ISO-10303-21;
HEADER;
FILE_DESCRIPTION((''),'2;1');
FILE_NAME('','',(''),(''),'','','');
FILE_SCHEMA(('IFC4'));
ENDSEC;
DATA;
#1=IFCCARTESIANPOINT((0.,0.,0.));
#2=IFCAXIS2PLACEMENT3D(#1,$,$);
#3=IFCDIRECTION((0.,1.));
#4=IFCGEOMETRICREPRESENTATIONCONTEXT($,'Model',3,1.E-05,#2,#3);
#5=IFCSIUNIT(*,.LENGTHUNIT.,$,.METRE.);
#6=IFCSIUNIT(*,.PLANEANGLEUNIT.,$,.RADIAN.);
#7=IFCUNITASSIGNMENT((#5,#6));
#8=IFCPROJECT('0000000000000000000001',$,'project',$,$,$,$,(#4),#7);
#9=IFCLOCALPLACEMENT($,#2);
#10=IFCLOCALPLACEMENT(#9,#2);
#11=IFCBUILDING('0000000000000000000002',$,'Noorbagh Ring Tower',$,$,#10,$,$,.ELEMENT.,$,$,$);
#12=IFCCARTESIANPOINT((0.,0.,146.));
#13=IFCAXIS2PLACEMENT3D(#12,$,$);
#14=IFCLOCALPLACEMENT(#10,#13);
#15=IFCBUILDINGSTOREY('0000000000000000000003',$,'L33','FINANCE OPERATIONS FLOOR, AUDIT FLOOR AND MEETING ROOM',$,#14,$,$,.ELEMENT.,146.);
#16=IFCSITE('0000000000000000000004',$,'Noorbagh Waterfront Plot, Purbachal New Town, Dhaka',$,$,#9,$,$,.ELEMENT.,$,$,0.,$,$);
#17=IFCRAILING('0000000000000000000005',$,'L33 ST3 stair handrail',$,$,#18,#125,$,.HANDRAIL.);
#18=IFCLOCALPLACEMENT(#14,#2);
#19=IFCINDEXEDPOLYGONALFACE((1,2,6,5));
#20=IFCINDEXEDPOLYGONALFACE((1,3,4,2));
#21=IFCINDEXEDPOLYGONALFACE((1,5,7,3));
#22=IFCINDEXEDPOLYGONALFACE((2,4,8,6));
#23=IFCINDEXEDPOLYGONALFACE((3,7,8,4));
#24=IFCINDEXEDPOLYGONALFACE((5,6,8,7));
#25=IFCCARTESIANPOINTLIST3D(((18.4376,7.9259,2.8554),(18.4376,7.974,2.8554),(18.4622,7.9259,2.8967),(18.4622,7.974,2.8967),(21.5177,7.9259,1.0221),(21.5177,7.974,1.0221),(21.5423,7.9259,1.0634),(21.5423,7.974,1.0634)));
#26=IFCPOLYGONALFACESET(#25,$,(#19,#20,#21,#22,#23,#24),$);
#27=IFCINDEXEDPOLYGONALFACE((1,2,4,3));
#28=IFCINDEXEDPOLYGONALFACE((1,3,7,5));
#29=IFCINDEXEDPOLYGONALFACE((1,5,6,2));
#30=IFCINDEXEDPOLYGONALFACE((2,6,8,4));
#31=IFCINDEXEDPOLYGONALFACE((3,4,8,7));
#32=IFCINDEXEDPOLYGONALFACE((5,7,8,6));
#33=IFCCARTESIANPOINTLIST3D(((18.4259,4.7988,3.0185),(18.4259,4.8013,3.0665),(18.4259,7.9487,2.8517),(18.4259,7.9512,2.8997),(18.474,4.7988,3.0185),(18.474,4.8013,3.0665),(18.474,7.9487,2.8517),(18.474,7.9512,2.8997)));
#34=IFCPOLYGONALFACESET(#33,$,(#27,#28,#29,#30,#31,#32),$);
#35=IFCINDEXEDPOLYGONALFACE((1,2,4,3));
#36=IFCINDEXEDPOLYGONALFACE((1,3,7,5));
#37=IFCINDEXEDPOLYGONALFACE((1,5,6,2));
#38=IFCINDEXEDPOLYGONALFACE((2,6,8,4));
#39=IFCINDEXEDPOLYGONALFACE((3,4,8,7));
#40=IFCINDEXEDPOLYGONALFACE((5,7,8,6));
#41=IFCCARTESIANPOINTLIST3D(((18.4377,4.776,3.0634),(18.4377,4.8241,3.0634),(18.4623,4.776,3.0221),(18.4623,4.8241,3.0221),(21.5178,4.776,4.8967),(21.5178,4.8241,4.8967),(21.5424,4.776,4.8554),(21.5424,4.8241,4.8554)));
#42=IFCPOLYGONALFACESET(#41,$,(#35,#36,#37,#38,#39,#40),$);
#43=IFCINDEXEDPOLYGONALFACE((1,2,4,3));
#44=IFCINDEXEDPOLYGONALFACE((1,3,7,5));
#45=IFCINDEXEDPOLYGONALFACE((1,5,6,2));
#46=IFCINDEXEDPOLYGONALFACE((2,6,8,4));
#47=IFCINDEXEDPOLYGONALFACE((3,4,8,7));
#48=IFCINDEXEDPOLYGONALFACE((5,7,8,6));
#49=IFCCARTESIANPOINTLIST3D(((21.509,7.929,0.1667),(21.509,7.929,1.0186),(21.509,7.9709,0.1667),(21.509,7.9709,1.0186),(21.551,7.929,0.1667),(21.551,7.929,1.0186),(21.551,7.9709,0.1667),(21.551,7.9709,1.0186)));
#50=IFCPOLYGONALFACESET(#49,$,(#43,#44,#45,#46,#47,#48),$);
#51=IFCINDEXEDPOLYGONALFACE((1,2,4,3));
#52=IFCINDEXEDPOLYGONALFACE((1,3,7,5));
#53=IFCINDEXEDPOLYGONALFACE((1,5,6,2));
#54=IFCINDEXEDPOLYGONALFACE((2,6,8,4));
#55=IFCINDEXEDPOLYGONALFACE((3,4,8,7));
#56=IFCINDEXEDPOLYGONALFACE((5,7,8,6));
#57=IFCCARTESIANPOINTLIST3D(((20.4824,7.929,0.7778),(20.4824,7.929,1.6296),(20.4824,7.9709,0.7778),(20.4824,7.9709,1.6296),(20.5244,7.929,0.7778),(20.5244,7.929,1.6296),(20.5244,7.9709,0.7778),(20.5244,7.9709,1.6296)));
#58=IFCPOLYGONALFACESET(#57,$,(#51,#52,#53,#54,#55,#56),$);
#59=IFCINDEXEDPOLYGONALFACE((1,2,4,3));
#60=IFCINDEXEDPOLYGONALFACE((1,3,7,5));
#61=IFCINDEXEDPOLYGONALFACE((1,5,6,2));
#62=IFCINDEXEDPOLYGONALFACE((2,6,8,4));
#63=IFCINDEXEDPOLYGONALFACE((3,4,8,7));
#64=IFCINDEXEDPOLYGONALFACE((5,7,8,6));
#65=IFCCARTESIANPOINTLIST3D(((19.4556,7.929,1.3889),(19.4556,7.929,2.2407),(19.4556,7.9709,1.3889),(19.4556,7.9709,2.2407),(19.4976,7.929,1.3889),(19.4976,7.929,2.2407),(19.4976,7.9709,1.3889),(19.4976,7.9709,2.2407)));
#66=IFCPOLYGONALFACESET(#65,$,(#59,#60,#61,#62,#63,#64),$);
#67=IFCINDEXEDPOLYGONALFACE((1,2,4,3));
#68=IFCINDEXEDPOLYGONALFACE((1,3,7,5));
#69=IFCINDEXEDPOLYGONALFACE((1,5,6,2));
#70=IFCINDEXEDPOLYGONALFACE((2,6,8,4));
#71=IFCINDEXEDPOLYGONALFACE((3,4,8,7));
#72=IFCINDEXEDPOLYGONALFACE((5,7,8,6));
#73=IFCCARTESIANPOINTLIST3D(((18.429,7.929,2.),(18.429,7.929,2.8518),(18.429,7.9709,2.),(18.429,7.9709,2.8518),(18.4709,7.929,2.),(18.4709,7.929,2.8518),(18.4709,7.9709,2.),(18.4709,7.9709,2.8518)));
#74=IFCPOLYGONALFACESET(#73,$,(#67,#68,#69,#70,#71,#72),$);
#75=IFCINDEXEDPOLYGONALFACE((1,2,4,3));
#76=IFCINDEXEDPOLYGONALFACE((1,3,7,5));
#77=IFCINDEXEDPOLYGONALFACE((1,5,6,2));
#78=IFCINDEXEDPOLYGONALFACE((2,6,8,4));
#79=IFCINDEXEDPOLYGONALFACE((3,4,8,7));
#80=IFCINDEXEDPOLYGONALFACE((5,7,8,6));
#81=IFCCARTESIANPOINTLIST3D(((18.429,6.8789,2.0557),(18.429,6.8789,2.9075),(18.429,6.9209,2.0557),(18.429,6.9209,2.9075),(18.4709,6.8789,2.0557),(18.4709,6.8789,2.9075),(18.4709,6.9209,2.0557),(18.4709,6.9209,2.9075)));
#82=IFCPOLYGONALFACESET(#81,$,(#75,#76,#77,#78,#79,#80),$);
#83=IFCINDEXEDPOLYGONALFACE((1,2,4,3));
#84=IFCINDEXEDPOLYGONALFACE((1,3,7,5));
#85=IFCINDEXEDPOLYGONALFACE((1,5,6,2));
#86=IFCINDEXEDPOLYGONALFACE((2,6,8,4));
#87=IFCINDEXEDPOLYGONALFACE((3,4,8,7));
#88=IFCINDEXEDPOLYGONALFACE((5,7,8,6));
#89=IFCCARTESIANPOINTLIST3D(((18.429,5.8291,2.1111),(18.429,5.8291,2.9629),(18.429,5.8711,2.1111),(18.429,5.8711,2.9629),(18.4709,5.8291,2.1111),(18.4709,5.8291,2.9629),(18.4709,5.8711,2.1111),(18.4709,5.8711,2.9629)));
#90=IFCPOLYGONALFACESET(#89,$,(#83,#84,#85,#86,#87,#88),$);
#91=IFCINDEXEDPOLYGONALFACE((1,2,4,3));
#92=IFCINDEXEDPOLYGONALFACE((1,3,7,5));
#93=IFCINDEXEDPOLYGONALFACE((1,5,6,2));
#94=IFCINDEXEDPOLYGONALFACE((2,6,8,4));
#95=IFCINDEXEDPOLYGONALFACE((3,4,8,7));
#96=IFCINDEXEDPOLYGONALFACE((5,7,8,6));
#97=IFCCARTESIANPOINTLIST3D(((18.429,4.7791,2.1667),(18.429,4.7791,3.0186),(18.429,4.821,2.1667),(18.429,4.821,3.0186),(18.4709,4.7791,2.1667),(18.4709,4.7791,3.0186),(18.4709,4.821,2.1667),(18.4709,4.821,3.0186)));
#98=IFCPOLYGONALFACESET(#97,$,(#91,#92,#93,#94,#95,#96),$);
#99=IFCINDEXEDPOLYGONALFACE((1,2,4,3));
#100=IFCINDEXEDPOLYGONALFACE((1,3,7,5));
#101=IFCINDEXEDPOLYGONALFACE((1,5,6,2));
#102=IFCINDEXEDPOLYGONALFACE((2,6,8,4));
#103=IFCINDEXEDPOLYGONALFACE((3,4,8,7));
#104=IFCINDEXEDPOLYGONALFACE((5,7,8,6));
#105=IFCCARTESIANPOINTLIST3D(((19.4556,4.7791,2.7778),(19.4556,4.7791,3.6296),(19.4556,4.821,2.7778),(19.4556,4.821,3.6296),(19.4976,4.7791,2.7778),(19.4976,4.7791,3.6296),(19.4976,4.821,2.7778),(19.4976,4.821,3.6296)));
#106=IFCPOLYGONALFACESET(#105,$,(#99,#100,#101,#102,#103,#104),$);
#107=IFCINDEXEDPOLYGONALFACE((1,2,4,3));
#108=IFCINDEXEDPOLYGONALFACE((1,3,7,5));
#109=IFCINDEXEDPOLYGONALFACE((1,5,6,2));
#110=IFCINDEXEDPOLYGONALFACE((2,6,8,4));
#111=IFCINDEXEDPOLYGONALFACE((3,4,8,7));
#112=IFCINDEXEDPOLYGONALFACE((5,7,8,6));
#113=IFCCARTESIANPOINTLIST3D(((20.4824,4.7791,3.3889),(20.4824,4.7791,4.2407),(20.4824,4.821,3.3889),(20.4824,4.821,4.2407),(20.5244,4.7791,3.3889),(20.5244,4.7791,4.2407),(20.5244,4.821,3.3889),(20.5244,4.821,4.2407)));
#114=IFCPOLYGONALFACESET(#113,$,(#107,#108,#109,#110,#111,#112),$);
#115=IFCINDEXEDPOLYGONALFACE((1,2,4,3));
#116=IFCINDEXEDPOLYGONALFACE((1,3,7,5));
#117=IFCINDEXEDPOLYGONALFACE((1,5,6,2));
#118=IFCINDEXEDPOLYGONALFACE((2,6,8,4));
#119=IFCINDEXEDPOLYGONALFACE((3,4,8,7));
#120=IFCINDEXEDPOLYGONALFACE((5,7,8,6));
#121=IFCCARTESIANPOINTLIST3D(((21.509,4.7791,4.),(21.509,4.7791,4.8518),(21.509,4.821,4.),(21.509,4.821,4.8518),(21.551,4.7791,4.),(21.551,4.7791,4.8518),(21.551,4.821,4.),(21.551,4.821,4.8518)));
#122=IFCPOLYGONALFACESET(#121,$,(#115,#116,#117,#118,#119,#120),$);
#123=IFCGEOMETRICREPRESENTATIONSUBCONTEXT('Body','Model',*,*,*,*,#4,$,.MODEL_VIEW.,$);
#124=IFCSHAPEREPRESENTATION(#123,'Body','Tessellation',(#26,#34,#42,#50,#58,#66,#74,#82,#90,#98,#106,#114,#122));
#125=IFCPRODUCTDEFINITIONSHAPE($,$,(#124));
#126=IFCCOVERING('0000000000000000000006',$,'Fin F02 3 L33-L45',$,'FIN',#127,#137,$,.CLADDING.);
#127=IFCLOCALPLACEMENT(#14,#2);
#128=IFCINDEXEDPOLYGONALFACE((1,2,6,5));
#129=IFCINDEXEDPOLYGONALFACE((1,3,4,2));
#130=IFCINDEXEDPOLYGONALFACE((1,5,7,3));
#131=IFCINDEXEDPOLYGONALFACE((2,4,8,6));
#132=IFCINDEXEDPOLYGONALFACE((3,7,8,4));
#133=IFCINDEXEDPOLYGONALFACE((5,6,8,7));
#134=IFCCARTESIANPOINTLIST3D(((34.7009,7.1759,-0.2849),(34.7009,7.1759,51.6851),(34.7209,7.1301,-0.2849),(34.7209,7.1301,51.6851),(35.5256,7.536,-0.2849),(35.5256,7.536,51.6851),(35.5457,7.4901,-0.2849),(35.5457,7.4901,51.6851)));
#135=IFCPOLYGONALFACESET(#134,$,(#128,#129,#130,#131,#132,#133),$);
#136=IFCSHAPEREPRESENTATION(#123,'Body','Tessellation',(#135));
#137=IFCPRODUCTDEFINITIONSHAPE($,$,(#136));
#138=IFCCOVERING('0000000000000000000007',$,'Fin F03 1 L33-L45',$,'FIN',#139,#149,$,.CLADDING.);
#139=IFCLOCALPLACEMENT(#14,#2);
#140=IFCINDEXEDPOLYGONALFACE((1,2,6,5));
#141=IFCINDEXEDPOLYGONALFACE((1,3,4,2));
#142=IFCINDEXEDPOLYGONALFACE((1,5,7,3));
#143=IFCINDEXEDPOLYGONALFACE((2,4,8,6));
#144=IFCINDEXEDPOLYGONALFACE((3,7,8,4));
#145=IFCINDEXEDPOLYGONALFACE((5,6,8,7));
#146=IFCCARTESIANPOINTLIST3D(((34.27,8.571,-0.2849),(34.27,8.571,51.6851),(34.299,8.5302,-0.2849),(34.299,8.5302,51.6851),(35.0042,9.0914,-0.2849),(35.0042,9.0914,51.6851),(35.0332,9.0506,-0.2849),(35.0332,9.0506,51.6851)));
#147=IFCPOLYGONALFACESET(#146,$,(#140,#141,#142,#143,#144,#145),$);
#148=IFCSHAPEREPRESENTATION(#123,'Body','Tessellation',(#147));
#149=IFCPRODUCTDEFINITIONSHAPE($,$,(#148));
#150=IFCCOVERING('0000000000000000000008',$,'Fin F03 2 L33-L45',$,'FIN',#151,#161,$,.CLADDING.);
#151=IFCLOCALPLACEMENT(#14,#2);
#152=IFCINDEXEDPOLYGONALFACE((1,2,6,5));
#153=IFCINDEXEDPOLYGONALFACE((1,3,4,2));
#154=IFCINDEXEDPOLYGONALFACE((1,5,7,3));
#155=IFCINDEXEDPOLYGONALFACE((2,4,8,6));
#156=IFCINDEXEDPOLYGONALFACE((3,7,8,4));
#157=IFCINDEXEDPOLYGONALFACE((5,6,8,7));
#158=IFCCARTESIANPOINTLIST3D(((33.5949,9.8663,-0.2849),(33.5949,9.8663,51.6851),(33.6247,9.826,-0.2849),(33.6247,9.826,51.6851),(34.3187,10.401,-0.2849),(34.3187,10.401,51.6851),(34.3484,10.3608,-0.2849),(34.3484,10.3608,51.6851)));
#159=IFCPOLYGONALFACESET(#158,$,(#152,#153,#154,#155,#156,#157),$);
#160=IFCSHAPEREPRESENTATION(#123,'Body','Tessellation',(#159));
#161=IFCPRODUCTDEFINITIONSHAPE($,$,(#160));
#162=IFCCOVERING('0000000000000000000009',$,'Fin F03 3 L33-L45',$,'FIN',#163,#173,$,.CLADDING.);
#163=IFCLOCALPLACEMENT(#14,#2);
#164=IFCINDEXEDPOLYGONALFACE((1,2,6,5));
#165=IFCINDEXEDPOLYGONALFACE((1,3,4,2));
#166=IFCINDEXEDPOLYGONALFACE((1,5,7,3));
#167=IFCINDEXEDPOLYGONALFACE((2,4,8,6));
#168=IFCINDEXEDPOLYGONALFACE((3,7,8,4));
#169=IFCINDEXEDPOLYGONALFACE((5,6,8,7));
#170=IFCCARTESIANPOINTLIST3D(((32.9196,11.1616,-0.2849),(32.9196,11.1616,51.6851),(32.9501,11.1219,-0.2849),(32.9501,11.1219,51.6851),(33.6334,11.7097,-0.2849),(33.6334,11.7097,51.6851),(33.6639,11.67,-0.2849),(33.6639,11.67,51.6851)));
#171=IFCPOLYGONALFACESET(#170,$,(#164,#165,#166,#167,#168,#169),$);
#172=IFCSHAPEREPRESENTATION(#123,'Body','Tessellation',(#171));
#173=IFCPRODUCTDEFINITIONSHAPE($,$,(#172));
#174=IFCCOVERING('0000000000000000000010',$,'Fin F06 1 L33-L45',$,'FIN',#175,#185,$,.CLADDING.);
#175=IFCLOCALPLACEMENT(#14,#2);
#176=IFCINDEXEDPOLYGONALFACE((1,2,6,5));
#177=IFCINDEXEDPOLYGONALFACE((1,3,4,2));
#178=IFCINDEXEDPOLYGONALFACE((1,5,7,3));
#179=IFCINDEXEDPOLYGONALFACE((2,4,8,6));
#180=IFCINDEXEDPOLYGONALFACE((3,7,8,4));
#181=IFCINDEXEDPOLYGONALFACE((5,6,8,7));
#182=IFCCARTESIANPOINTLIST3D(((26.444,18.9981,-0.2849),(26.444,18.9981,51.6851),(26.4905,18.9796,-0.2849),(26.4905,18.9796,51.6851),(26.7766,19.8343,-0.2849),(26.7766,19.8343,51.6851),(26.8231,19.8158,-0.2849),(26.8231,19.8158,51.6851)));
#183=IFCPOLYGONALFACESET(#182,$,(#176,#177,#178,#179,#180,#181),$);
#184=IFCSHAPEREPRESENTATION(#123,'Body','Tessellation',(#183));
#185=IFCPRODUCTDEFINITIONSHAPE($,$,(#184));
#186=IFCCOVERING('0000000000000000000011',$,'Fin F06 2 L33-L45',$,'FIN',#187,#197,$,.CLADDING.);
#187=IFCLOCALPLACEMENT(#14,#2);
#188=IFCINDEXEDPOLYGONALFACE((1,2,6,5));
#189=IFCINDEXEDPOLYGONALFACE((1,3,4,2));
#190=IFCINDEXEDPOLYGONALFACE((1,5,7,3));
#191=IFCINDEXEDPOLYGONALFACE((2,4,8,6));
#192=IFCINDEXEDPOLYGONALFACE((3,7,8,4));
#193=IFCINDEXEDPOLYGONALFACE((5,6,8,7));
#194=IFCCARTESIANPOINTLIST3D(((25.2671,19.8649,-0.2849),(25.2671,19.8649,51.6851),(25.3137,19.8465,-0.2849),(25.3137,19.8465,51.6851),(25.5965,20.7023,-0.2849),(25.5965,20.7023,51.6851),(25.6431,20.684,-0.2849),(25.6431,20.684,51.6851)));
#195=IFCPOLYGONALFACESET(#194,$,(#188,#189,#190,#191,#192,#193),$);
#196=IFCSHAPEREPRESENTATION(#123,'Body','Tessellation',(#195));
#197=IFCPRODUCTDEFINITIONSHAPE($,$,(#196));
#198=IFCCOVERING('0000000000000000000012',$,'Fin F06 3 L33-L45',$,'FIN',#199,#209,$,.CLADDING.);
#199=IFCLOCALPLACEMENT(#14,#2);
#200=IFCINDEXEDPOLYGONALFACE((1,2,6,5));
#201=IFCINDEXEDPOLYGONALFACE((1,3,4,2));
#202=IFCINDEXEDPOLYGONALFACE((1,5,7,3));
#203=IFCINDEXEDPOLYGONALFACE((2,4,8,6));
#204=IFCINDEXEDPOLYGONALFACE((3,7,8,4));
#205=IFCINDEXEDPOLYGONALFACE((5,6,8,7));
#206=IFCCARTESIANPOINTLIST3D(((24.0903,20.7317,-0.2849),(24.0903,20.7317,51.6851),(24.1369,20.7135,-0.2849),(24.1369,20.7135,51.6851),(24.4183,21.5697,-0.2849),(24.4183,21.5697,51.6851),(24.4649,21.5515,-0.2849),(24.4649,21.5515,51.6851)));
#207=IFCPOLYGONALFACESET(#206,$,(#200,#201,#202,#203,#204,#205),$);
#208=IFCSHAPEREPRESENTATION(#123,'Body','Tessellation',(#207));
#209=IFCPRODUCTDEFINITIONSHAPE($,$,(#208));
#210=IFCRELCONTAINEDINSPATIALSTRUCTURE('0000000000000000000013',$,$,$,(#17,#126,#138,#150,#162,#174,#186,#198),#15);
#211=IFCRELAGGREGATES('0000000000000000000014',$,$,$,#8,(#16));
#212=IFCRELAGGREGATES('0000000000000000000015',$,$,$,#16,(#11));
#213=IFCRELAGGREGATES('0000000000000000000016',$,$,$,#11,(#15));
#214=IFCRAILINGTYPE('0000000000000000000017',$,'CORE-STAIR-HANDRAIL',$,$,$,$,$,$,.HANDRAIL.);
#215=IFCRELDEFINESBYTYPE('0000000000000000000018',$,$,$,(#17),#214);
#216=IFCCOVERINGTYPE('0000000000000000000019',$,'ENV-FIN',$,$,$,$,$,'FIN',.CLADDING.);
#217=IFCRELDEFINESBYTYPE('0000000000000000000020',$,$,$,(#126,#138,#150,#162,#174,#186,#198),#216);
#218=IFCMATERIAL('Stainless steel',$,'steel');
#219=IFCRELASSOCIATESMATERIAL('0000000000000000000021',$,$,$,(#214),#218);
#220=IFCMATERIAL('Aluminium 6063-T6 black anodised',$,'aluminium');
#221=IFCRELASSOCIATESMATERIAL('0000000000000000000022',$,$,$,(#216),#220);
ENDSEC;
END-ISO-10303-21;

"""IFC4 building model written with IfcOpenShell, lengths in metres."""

from ifc_helpers import new_model, si_unit, direction, frame, origin, origin_2d, place, context, subcontext, project, spatial, rectangle, extrude, material, material_profile, profile_set, type_object, element, save


model = new_model("IFC4")

# Units and contexts
model_context = context("Model", 3, precision=1e-05, world=origin(), true_north=direction((0.0, 1.0)))
body_context = subcontext(model_context, "Body", "Model", "MODEL_VIEW")
ifc_project = project(units=[si_unit("LENGTHUNIT", "METRE"), si_unit("PLANEANGLEUNIT", "RADIAN")], contexts=[model_context])

# Site, building, storey
site_placement = place(None, origin())
site = spatial("IfcSite", under=ifc_project, at=site_placement, Name="Noorbagh Waterfront Plot, Purbachal New Town, Dhaka", CompositionType="ELEMENT", RefElevation=0.0)
building_placement = place(site_placement, origin())
building = spatial("IfcBuilding", under=site, at=building_placement, Name="Noorbagh Ring Tower", CompositionType="ELEMENT")
storey_placement = place(building_placement, frame((0.0, 0.0, 146.0)))
storey = spatial("IfcBuildingStorey", under=building, at=storey_placement, Name="L33", Description="FINANCE OPERATIONS FLOOR, AUDIT FLOOR AND MEETING ROOM", CompositionType="ELEMENT", Elevation=146.0)

# Railing
ifc_material_1 = material(Name="Stainless steel", Category="steel")
railing_type_1 = type_object("IfcRailingType", Name="CORE-STAIR-HANDRAIL", PredefinedType="HANDRAIL", material=ifc_material_1)
railing_1_placement = place(storey_placement, frame((21.53, 7.95, 0.1667)))
element("IfcRailing", 1, at=railing_1_placement, inside=storey, type_object=railing_type_1, Name="L33 ST3 stair handrail", PredefinedType="HANDRAIL", context=body_context, shape_type="SweptSolid", body=[
    extrude(rectangle(XDim=0.0481, YDim=0.0481, at=origin_2d()), frame((0.0, 0.0, 0.876), z_axis=(-0.859309, 0.0, 0.511458), x_axis=(0.0, -1.0, 0.0)), (0.0, 0.0, 1.0), 3.5845),
    extrude(rectangle(XDim=0.0481, YDim=0.0481, at=origin_2d()), frame((-3.0801, 0.0, 2.709), z_axis=(0.0, -0.998602, 0.052864), x_axis=(1.0, 0.0, 0.0)), (0.0, 0.0, 1.0), 3.1543),
    extrude(rectangle(XDim=0.0481, YDim=0.0481, at=origin_2d()), frame((-3.0801, -3.1499, 2.876), z_axis=(0.859309, 0.0, 0.511458), x_axis=(0.0, 1.0, 0.0)), (0.0, 0.0, 1.0), 3.5845),
    extrude(rectangle(XDim=0.042, YDim=0.042, at=origin_2d()), origin(), (0.0, 0.0, 1.0), 0.8518),
    extrude(rectangle(XDim=0.042, YDim=0.042, at=origin_2d()), frame((-1.0266, 0.0, 0.6111)), (0.0, 0.0, 1.0), 0.8518),
    extrude(rectangle(XDim=0.042, YDim=0.042, at=origin_2d()), frame((-2.0535, 0.0, 1.2222)), (0.0, 0.0, 1.0), 0.8518),
    extrude(rectangle(XDim=0.042, YDim=0.042, at=origin_2d()), frame((-3.0801, 0.0, 1.8333)), (0.0, 0.0, 1.0), 0.8518),
    extrude(rectangle(XDim=0.042, YDim=0.042, at=origin_2d()), frame((-3.0801, -1.05, 1.8889)), (0.0, 0.0, 1.0), 0.8518),
    extrude(rectangle(XDim=0.042, YDim=0.042, at=origin_2d()), frame((-3.0801, -2.0999, 1.9443)), (0.0, 0.0, 1.0), 0.8518),
    extrude(rectangle(XDim=0.042, YDim=0.042, at=origin_2d()), frame((-3.0801, -3.1499, 2.0)), (0.0, 0.0, 1.0), 0.8518),
    extrude(rectangle(XDim=0.042, YDim=0.042, at=origin_2d()), frame((-2.0535, -3.1499, 2.6111)), (0.0, 0.0, 1.0), 0.8518),
    extrude(rectangle(XDim=0.042, YDim=0.042, at=origin_2d()), frame((-1.0266, -3.1499, 3.2222)), (0.0, 0.0, 1.0), 0.8518),
    extrude(rectangle(XDim=0.042, YDim=0.042, at=origin_2d()), frame((0.0, -3.1499, 3.8333)), (0.0, 0.0, 1.0), 0.8518),
])

# Coverings
ifc_material_2 = material(Name="Aluminium 6063-T6 black anodised", Category="aluminium")
ifc_material_profile_1 = material_profile(ifc_material_2, rectangle(XDim=0.8999, YDim=0.05, at=origin_2d()), Name="900x50")
ifc_profile_set_1 = profile_set([ifc_material_profile_1], Name="Aluminium 6063-T6 black anodised")
covering_type = type_object("IfcCoveringType", Name="ENV-FIN", ElementType="FIN", PredefinedType="CLADDING", material=ifc_profile_set_1)
for number, where, z_axis, x_axis, name in (
    (2, (35.1233, 7.333, -0.2849), (0.0, 0.0, 1.0), (0.916475, 0.400092, 0.0), "Fin F02 3 L33-L45"),
    (3, (34.6516, 8.8108, -0.2849), (0.0, 0.0, 1.0), (0.815855, 0.578256, 0.0), "Fin F03 1 L33-L45"),
    (4, (33.9717, 10.1135, -0.2849), (0.0, 0.0, 1.0), (0.80426, 0.594277, 0.0), "Fin F03 2 L33-L45"),
    (5, (33.2917, 11.4158, -0.2849), (0.0, 0.0, 1.0), (0.793138, 0.609043, 0.0), "Fin F03 3 L33-L45"),
    (6, (26.6335, 19.407, -0.2849), (0.0, 0.0, 1.0), (0.369564, 0.929205, 0.0), "Fin F06 1 L33-L45"),
    (7, (25.4551, 20.2744, -0.2849), (0.0, 0.0, 1.0), (0.366047, 0.930596, 0.0), "Fin F06 2 L33-L45"),
    (8, (24.2776, 21.1416, -0.2849), (0.0, 0.0, 1.0), (0.364533, 0.93119, 0.0), "Fin F06 3 L33-L45"),
):
    element("IfcCovering", number, at=place(storey_placement, frame(where, z_axis=z_axis, x_axis=x_axis)), inside=storey, type_object=covering_type, Name=name, ObjectType="FIN", PredefinedType="CLADDING", context=body_context, shape_type="SweptSolid", body=[
        extrude(rectangle(XDim=0.8999, YDim=0.05, at=origin_2d()), origin(), (0.0, 0.0, 1.0), 51.97),
    ])

save(model, "model.ifc")
